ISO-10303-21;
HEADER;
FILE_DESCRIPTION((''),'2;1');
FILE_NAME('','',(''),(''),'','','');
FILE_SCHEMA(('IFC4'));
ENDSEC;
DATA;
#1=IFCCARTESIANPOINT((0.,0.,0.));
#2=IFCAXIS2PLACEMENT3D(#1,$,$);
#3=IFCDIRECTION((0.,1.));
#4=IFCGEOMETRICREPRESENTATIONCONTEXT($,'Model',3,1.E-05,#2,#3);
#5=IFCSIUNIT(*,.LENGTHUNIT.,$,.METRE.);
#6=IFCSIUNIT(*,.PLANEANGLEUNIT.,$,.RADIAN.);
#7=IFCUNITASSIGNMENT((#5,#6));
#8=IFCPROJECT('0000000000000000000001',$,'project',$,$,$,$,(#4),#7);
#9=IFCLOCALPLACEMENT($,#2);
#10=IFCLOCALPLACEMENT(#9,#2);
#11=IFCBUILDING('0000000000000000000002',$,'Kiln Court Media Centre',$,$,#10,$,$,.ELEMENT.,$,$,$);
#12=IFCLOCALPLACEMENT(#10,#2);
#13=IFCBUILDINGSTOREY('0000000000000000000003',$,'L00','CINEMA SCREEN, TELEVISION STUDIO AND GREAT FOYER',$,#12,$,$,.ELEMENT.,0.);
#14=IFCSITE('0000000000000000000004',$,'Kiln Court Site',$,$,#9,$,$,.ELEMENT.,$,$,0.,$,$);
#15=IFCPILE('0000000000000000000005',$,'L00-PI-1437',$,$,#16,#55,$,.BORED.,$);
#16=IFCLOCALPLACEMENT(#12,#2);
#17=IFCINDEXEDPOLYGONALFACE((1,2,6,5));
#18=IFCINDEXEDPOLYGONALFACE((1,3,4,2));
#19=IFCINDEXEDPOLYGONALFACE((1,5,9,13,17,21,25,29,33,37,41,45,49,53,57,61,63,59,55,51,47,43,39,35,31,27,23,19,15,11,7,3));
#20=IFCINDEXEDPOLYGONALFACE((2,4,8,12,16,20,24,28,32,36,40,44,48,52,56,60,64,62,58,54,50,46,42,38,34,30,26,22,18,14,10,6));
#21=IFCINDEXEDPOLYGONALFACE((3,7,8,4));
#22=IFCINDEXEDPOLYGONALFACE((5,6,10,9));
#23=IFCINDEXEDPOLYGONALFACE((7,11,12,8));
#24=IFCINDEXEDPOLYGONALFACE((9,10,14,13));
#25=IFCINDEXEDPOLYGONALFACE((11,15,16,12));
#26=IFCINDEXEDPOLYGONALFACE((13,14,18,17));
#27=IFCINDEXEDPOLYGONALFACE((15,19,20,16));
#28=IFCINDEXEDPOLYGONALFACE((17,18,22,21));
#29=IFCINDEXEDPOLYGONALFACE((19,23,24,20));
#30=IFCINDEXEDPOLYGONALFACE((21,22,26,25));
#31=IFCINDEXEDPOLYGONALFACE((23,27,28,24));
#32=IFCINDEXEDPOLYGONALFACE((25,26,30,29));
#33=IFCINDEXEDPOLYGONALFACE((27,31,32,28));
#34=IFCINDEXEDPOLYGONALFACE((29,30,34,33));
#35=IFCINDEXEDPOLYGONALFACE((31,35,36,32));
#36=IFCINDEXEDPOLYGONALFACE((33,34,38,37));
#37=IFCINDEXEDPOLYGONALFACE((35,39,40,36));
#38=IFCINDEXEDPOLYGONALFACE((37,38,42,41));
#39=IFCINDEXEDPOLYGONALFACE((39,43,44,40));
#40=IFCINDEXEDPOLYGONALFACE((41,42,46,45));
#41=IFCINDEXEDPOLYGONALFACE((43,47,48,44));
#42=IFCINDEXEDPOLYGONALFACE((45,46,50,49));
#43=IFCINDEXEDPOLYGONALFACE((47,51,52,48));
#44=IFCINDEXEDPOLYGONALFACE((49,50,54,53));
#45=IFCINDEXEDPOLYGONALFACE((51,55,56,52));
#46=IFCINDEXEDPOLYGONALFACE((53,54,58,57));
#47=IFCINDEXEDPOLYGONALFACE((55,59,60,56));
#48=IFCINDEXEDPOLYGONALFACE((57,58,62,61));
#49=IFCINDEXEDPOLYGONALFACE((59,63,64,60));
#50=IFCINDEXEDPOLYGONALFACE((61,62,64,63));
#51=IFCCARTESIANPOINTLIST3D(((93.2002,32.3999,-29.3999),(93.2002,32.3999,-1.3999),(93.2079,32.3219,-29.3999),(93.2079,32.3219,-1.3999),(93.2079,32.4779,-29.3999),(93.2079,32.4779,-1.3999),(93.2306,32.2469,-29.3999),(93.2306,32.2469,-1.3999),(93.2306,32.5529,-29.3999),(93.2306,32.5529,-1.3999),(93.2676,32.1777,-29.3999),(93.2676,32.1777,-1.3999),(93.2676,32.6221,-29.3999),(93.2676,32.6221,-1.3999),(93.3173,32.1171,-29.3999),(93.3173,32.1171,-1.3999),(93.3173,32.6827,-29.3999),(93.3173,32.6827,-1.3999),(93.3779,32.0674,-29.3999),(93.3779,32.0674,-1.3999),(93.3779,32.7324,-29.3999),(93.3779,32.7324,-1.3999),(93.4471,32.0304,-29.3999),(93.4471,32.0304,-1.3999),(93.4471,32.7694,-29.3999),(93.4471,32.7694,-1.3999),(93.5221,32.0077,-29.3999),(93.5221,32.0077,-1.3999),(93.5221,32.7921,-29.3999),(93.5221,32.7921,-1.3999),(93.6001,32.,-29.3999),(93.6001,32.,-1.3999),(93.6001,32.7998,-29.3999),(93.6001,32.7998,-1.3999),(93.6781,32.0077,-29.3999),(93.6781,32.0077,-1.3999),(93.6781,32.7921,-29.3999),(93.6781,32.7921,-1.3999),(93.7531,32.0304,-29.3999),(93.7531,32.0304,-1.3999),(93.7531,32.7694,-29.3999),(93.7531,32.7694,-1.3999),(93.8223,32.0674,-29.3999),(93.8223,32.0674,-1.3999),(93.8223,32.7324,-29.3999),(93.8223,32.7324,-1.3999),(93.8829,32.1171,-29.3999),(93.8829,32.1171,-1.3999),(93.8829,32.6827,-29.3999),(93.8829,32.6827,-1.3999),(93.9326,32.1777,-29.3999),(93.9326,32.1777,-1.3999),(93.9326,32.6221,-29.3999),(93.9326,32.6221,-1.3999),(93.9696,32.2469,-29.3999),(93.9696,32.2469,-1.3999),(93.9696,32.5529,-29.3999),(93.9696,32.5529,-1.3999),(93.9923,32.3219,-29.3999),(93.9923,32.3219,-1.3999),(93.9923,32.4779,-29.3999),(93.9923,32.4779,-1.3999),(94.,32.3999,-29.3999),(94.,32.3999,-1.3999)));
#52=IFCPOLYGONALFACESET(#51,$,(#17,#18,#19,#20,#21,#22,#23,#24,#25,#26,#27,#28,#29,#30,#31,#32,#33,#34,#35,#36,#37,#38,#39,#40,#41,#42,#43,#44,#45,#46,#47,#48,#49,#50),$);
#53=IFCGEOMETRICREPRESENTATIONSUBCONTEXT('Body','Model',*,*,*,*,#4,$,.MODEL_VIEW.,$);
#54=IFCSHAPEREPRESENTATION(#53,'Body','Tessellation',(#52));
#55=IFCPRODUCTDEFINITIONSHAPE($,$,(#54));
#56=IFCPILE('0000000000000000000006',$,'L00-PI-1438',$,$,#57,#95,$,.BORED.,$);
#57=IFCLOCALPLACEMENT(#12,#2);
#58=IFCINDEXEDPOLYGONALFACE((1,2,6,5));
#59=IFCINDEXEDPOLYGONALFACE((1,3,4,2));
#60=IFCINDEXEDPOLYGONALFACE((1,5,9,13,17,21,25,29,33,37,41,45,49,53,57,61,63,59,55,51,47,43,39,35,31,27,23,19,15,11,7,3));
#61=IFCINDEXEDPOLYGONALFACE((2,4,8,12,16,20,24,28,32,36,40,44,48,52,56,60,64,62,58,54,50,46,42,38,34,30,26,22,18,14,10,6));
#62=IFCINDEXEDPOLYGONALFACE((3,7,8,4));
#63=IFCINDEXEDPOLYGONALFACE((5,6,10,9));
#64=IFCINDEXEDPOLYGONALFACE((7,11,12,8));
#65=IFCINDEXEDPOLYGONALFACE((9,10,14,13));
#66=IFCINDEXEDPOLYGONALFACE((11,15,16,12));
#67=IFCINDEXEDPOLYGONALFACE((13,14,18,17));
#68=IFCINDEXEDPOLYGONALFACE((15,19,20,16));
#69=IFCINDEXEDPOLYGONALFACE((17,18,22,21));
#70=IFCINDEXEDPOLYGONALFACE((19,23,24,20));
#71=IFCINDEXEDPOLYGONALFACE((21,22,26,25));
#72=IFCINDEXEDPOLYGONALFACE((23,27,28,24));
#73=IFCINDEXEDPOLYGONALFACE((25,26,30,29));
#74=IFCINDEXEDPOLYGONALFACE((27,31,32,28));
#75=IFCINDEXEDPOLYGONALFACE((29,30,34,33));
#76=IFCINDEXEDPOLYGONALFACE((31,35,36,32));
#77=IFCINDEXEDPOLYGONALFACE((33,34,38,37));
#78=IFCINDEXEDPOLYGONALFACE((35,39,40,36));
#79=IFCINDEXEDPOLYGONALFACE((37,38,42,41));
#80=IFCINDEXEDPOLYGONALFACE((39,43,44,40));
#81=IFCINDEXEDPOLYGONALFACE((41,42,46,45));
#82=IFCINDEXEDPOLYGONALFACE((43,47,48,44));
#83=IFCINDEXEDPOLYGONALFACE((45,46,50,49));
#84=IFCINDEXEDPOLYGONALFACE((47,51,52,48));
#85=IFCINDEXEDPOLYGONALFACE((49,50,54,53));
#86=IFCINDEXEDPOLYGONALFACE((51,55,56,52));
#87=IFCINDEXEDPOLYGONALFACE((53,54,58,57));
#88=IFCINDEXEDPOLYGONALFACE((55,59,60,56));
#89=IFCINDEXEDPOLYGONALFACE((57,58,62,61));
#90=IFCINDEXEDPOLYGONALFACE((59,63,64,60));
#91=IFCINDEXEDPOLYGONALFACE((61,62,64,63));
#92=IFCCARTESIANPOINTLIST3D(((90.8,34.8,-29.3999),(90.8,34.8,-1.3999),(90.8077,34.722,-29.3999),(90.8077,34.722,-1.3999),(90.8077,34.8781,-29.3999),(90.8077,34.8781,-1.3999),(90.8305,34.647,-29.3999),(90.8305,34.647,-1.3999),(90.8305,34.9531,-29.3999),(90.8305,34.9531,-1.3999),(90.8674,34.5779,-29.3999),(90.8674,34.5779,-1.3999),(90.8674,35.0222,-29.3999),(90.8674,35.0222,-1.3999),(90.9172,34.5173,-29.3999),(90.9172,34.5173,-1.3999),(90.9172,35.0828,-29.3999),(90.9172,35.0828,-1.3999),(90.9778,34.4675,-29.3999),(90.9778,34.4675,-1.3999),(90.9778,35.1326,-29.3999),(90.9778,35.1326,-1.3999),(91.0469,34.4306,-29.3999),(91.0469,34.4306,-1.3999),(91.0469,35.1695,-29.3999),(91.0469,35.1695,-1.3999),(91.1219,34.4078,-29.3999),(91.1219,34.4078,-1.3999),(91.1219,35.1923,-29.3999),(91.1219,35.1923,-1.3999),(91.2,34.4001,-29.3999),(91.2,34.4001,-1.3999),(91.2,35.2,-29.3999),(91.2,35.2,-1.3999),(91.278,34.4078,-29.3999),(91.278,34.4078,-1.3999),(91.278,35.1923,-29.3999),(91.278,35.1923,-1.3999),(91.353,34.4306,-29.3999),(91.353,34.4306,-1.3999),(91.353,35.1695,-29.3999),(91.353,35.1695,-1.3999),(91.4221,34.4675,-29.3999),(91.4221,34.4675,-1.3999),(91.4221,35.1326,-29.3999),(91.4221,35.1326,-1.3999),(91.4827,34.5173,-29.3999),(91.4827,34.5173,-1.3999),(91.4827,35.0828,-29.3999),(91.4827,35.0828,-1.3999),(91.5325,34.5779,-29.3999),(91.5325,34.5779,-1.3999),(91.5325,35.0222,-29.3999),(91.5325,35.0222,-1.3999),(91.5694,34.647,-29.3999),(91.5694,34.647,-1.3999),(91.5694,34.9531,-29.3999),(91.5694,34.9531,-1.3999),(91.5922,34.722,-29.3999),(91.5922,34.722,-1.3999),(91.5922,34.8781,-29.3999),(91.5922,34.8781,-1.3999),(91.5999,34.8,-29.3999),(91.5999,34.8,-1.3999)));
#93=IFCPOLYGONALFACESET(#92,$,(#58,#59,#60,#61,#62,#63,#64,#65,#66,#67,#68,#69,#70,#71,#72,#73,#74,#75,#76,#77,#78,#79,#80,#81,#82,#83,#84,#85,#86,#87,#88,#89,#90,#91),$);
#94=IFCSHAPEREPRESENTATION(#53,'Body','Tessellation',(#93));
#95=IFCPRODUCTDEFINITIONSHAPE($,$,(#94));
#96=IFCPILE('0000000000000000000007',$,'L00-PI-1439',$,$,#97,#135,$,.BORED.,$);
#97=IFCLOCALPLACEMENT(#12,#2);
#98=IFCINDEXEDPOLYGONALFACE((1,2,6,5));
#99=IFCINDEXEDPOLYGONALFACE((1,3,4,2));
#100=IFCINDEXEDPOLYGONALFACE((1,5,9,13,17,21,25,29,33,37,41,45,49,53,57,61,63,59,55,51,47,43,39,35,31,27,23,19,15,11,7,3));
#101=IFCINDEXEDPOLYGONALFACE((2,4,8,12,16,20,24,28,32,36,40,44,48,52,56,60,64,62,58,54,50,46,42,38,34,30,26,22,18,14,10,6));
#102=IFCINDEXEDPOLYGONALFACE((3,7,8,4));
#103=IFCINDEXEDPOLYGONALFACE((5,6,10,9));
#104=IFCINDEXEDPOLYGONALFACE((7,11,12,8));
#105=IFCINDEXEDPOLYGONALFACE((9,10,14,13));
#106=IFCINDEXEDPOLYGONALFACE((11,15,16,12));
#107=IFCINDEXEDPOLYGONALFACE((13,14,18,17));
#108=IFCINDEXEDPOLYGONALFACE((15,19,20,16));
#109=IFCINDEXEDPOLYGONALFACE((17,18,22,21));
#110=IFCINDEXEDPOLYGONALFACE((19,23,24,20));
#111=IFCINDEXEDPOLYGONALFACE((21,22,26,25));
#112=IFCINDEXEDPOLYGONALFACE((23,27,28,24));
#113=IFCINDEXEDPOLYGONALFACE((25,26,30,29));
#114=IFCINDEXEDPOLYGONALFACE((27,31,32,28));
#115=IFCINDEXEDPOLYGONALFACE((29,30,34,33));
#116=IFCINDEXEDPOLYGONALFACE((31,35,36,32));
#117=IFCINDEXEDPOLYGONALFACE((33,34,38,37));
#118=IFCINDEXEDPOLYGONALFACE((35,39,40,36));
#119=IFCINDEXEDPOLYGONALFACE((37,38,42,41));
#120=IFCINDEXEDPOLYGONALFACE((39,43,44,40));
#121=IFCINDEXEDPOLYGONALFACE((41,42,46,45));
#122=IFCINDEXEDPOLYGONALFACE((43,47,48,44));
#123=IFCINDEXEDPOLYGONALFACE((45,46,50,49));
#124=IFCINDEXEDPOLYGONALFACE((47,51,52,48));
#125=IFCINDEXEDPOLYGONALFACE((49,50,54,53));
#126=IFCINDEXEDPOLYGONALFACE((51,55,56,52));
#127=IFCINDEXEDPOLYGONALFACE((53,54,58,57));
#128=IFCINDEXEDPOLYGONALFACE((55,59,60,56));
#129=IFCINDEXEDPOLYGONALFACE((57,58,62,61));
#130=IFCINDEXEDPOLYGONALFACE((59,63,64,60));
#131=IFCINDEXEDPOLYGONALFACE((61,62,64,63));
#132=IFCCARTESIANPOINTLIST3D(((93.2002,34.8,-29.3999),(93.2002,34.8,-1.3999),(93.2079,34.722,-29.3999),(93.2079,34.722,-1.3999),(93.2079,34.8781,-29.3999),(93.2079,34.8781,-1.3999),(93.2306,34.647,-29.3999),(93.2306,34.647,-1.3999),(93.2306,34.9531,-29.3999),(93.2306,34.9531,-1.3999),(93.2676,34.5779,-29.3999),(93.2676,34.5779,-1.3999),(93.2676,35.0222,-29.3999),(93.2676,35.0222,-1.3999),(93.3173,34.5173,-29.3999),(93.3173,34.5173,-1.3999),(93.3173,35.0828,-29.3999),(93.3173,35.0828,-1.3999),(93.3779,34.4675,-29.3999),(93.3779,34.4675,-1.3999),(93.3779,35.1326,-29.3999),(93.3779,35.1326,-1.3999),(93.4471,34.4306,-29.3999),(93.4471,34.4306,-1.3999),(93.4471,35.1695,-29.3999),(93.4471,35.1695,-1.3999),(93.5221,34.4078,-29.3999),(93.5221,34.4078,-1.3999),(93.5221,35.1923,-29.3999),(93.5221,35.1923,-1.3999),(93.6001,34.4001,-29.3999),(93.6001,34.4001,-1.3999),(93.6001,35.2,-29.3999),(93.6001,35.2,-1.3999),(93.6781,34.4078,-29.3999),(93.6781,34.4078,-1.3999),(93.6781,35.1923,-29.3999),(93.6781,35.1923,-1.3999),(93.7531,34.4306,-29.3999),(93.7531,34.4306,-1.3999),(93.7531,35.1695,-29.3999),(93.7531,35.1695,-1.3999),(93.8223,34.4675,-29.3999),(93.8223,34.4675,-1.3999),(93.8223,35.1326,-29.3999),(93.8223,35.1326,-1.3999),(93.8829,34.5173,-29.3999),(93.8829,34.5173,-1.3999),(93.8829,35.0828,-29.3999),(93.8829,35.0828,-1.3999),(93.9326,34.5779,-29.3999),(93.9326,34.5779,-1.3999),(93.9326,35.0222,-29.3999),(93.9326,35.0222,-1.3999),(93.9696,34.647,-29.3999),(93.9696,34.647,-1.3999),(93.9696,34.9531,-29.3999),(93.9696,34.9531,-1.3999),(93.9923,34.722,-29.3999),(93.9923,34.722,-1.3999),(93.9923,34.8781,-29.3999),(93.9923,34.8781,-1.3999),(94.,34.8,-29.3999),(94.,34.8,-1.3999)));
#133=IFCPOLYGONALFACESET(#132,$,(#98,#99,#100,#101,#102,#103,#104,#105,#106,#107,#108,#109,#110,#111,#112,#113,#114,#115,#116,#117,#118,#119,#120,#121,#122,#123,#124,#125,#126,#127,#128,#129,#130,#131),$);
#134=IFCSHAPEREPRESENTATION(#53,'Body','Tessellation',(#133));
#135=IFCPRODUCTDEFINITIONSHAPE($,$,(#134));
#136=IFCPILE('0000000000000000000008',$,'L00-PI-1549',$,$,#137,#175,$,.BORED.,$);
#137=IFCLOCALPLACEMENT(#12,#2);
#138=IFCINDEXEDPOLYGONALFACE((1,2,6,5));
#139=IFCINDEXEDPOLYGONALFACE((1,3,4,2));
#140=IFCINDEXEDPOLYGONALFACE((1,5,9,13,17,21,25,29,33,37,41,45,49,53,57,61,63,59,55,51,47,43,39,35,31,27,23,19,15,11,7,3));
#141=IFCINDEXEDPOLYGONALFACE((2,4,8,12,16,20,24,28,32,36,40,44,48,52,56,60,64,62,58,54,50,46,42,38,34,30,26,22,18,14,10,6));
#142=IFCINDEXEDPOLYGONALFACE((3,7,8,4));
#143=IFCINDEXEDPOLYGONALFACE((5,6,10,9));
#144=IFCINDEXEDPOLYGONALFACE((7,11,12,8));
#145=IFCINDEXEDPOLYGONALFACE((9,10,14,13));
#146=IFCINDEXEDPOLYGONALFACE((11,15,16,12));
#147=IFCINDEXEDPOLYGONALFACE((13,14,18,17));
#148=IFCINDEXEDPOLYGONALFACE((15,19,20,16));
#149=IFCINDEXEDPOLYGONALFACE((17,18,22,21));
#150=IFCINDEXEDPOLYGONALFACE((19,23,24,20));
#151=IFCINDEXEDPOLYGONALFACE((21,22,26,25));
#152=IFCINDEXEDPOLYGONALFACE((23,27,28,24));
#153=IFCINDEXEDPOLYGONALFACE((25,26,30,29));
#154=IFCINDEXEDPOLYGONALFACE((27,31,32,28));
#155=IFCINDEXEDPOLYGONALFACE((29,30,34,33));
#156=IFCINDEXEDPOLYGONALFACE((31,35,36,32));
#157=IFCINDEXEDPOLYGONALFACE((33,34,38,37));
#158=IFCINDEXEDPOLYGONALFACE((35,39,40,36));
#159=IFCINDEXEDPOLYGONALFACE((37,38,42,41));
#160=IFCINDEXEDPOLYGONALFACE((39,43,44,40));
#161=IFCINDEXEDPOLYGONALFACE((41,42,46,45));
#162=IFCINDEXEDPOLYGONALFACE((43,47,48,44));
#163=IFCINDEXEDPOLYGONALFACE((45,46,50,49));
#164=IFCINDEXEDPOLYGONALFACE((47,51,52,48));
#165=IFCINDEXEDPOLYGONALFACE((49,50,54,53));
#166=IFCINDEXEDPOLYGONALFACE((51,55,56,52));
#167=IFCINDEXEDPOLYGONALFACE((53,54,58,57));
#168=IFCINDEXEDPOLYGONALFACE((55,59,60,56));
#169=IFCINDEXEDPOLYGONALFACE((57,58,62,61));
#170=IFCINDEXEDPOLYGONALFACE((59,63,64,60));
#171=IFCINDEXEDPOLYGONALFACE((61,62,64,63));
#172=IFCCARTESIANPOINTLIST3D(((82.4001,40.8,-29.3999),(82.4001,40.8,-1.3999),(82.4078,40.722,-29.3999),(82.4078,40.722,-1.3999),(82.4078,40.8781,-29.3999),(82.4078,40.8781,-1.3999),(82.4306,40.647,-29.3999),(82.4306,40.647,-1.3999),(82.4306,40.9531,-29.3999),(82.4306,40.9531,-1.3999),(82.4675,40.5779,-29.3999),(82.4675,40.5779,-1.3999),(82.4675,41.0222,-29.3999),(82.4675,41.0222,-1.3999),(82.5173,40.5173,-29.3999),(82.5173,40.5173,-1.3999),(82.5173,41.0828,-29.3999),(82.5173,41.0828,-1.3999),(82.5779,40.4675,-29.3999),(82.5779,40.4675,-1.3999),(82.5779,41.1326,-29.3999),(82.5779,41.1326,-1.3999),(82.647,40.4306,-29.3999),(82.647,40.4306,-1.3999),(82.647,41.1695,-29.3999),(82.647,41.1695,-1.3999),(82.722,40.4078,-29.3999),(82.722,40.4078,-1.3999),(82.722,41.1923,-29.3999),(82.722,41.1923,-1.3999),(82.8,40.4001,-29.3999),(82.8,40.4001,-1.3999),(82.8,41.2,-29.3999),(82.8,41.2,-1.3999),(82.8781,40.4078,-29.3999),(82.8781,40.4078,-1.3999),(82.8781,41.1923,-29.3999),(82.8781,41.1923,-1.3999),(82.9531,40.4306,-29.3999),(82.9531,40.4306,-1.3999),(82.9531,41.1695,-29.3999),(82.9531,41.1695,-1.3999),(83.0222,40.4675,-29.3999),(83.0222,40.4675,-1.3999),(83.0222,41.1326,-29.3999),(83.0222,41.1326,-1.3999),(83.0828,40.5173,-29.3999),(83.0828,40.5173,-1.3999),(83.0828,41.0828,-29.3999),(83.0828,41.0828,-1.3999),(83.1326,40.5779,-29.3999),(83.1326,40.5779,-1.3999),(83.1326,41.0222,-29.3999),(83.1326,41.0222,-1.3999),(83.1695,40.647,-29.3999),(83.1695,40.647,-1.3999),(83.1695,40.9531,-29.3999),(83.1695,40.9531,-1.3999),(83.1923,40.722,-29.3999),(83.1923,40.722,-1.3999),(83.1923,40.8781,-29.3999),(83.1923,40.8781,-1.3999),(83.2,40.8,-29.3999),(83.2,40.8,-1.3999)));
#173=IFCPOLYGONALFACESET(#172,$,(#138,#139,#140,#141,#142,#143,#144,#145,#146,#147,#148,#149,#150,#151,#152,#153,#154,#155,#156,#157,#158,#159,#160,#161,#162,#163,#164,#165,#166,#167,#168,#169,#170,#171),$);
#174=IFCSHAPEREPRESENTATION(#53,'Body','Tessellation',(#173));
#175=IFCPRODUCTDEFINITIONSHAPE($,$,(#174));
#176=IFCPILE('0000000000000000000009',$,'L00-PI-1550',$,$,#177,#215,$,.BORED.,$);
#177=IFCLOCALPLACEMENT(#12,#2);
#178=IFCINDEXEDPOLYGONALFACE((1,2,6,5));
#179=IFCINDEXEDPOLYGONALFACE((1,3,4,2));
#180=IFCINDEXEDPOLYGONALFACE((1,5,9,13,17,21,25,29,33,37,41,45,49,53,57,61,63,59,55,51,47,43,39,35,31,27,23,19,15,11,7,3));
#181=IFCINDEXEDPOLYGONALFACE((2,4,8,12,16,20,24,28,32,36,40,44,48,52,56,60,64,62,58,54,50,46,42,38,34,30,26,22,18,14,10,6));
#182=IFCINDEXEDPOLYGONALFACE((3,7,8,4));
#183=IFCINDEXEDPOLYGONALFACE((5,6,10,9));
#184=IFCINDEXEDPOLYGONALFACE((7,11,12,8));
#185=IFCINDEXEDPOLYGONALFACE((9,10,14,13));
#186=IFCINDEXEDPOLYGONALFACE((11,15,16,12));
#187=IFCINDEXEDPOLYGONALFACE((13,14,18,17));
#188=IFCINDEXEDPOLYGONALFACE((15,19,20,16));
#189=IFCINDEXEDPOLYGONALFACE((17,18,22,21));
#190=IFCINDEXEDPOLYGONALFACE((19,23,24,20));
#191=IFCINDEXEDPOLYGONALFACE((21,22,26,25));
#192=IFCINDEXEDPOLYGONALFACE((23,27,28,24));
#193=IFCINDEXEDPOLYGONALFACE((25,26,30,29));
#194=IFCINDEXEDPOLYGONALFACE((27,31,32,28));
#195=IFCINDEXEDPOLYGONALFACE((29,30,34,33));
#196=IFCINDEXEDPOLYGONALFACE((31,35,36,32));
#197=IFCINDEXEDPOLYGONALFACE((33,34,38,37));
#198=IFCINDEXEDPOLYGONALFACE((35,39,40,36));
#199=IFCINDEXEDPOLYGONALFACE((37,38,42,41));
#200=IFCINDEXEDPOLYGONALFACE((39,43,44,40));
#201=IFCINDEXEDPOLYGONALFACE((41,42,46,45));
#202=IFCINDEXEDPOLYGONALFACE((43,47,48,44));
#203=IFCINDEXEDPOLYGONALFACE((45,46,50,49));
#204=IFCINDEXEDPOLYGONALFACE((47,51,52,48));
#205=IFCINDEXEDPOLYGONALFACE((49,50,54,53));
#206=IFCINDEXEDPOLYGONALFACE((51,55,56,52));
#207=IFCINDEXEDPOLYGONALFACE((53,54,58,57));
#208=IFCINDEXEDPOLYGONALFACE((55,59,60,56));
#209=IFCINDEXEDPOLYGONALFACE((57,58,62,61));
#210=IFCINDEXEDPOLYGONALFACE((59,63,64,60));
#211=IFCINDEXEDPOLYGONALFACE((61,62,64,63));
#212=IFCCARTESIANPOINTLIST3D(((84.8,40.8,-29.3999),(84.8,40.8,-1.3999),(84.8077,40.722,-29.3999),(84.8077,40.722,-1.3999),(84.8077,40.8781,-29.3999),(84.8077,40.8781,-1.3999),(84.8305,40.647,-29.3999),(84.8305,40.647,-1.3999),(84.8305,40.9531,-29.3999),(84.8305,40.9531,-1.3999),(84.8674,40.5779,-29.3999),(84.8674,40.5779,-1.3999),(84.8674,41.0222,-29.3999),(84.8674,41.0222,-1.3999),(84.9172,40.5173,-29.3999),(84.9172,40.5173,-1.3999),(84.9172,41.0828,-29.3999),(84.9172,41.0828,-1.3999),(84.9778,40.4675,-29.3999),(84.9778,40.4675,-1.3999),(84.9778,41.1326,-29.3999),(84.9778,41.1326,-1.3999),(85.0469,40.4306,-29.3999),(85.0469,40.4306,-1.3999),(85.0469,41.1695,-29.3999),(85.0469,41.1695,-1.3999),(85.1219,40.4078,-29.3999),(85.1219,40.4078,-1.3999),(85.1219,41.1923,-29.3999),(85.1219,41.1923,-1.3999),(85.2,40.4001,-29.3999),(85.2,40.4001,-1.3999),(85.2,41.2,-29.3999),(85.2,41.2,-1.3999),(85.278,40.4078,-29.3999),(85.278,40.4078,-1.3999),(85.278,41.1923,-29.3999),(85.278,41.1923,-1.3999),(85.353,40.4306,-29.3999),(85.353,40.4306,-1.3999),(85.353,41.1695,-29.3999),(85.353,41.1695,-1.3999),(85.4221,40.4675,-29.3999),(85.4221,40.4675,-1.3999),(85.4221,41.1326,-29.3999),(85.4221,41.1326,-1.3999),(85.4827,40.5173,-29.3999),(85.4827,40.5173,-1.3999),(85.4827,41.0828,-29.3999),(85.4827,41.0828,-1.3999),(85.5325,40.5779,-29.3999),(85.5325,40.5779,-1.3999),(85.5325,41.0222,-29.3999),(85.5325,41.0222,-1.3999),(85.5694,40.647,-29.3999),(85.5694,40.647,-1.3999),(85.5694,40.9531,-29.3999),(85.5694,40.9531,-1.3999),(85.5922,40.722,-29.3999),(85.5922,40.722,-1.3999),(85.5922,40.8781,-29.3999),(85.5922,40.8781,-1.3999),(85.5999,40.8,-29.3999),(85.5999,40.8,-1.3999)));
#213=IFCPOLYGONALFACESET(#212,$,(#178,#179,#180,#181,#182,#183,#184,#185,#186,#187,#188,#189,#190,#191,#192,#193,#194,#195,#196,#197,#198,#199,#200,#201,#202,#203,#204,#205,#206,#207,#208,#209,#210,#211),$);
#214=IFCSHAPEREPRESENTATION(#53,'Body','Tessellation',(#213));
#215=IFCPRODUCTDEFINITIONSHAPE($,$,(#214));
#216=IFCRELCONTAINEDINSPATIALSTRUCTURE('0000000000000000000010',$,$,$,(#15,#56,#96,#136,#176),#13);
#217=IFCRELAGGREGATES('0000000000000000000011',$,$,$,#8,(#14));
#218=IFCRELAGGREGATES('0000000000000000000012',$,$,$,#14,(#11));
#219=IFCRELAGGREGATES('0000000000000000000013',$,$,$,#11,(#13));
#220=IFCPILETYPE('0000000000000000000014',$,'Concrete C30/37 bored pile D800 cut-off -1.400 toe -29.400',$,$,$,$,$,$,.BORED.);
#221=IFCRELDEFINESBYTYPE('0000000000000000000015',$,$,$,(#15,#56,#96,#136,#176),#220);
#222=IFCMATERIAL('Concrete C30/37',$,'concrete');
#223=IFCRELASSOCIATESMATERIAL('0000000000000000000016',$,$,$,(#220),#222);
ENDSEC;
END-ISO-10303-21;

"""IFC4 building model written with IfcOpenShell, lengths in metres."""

from ifc_helpers import new_model, si_unit, direction, frame, origin, origin_2d, place, context, subcontext, project, spatial, circle, extrude, material, material_profile, profile_set, type_object, element, save


model = new_model("IFC4")

# Units and contexts
model_context = context("Model", 3, precision=1e-05, world=origin(), true_north=direction((0.0, 1.0)))
body_context = subcontext(model_context, "Body", "Model", "MODEL_VIEW")
ifc_project = project(units=[si_unit("LENGTHUNIT", "METRE"), si_unit("PLANEANGLEUNIT", "RADIAN")], contexts=[model_context])

# Site, building, storey
site_placement = place(None, origin())
site = spatial("IfcSite", under=ifc_project, at=site_placement, Name="Kiln Court Site", CompositionType="ELEMENT", RefElevation=0.0)
building_placement = place(site_placement, origin())
building = spatial("IfcBuilding", under=site, at=building_placement, Name="Kiln Court Media Centre", CompositionType="ELEMENT")
storey_placement = place(building_placement, origin())
storey = spatial("IfcBuildingStorey", under=building, at=storey_placement, Name="L00", Description="CINEMA SCREEN, TELEVISION STUDIO AND GREAT FOYER", CompositionType="ELEMENT", Elevation=0.0)

# Piles
ifc_material_1 = material(Name="Concrete C30/37", Category="concrete")
ifc_material_profile = material_profile(ifc_material_1, circle(Radius=0.3999, at=origin_2d()), Name="PILE D800")
ifc_profile_set = profile_set([ifc_material_profile], Name="Concrete C30/37")
pile_type = type_object("IfcPileType", Name="Concrete C30/37 bored pile D800 cut-off -1.400 toe -29.400", PredefinedType="BORED", material=ifc_profile_set)
for number, where, z_axis, x_axis, name in (
    (1, (93.6001, 32.3999, -1.3999), (0.0, 0.0, -1.0), (1.0, 0.0, 0.0), "L00-PI-1437"),
    (2, (91.2, 34.8, -1.3999), (0.0, 0.0, -1.0), (1.0, 0.0, 0.0), "L00-PI-1438"),
    (3, (93.6001, 34.8, -1.3999), (0.0, 0.0, -1.0), (1.0, 0.0, 0.0), "L00-PI-1439"),
    (4, (82.8, 40.8, -1.3999), (0.0, 0.0, -1.0), (1.0, 0.0, 0.0), "L00-PI-1549"),
    (5, (85.2, 40.8, -1.3999), (0.0, 0.0, -1.0), (1.0, 0.0, 0.0), "L00-PI-1550"),
):
    element("IfcPile", number, at=place(storey_placement, frame(where, z_axis=z_axis, x_axis=x_axis)), inside=storey, type_object=pile_type, Name=name, PredefinedType="BORED", context=body_context, shape_type="SweptSolid", body=[
        extrude(circle(Radius=0.3999, at=origin_2d()), origin(), (0.0, 0.0, 1.0), 28.0),
    ])

save(model, "model.ifc")
